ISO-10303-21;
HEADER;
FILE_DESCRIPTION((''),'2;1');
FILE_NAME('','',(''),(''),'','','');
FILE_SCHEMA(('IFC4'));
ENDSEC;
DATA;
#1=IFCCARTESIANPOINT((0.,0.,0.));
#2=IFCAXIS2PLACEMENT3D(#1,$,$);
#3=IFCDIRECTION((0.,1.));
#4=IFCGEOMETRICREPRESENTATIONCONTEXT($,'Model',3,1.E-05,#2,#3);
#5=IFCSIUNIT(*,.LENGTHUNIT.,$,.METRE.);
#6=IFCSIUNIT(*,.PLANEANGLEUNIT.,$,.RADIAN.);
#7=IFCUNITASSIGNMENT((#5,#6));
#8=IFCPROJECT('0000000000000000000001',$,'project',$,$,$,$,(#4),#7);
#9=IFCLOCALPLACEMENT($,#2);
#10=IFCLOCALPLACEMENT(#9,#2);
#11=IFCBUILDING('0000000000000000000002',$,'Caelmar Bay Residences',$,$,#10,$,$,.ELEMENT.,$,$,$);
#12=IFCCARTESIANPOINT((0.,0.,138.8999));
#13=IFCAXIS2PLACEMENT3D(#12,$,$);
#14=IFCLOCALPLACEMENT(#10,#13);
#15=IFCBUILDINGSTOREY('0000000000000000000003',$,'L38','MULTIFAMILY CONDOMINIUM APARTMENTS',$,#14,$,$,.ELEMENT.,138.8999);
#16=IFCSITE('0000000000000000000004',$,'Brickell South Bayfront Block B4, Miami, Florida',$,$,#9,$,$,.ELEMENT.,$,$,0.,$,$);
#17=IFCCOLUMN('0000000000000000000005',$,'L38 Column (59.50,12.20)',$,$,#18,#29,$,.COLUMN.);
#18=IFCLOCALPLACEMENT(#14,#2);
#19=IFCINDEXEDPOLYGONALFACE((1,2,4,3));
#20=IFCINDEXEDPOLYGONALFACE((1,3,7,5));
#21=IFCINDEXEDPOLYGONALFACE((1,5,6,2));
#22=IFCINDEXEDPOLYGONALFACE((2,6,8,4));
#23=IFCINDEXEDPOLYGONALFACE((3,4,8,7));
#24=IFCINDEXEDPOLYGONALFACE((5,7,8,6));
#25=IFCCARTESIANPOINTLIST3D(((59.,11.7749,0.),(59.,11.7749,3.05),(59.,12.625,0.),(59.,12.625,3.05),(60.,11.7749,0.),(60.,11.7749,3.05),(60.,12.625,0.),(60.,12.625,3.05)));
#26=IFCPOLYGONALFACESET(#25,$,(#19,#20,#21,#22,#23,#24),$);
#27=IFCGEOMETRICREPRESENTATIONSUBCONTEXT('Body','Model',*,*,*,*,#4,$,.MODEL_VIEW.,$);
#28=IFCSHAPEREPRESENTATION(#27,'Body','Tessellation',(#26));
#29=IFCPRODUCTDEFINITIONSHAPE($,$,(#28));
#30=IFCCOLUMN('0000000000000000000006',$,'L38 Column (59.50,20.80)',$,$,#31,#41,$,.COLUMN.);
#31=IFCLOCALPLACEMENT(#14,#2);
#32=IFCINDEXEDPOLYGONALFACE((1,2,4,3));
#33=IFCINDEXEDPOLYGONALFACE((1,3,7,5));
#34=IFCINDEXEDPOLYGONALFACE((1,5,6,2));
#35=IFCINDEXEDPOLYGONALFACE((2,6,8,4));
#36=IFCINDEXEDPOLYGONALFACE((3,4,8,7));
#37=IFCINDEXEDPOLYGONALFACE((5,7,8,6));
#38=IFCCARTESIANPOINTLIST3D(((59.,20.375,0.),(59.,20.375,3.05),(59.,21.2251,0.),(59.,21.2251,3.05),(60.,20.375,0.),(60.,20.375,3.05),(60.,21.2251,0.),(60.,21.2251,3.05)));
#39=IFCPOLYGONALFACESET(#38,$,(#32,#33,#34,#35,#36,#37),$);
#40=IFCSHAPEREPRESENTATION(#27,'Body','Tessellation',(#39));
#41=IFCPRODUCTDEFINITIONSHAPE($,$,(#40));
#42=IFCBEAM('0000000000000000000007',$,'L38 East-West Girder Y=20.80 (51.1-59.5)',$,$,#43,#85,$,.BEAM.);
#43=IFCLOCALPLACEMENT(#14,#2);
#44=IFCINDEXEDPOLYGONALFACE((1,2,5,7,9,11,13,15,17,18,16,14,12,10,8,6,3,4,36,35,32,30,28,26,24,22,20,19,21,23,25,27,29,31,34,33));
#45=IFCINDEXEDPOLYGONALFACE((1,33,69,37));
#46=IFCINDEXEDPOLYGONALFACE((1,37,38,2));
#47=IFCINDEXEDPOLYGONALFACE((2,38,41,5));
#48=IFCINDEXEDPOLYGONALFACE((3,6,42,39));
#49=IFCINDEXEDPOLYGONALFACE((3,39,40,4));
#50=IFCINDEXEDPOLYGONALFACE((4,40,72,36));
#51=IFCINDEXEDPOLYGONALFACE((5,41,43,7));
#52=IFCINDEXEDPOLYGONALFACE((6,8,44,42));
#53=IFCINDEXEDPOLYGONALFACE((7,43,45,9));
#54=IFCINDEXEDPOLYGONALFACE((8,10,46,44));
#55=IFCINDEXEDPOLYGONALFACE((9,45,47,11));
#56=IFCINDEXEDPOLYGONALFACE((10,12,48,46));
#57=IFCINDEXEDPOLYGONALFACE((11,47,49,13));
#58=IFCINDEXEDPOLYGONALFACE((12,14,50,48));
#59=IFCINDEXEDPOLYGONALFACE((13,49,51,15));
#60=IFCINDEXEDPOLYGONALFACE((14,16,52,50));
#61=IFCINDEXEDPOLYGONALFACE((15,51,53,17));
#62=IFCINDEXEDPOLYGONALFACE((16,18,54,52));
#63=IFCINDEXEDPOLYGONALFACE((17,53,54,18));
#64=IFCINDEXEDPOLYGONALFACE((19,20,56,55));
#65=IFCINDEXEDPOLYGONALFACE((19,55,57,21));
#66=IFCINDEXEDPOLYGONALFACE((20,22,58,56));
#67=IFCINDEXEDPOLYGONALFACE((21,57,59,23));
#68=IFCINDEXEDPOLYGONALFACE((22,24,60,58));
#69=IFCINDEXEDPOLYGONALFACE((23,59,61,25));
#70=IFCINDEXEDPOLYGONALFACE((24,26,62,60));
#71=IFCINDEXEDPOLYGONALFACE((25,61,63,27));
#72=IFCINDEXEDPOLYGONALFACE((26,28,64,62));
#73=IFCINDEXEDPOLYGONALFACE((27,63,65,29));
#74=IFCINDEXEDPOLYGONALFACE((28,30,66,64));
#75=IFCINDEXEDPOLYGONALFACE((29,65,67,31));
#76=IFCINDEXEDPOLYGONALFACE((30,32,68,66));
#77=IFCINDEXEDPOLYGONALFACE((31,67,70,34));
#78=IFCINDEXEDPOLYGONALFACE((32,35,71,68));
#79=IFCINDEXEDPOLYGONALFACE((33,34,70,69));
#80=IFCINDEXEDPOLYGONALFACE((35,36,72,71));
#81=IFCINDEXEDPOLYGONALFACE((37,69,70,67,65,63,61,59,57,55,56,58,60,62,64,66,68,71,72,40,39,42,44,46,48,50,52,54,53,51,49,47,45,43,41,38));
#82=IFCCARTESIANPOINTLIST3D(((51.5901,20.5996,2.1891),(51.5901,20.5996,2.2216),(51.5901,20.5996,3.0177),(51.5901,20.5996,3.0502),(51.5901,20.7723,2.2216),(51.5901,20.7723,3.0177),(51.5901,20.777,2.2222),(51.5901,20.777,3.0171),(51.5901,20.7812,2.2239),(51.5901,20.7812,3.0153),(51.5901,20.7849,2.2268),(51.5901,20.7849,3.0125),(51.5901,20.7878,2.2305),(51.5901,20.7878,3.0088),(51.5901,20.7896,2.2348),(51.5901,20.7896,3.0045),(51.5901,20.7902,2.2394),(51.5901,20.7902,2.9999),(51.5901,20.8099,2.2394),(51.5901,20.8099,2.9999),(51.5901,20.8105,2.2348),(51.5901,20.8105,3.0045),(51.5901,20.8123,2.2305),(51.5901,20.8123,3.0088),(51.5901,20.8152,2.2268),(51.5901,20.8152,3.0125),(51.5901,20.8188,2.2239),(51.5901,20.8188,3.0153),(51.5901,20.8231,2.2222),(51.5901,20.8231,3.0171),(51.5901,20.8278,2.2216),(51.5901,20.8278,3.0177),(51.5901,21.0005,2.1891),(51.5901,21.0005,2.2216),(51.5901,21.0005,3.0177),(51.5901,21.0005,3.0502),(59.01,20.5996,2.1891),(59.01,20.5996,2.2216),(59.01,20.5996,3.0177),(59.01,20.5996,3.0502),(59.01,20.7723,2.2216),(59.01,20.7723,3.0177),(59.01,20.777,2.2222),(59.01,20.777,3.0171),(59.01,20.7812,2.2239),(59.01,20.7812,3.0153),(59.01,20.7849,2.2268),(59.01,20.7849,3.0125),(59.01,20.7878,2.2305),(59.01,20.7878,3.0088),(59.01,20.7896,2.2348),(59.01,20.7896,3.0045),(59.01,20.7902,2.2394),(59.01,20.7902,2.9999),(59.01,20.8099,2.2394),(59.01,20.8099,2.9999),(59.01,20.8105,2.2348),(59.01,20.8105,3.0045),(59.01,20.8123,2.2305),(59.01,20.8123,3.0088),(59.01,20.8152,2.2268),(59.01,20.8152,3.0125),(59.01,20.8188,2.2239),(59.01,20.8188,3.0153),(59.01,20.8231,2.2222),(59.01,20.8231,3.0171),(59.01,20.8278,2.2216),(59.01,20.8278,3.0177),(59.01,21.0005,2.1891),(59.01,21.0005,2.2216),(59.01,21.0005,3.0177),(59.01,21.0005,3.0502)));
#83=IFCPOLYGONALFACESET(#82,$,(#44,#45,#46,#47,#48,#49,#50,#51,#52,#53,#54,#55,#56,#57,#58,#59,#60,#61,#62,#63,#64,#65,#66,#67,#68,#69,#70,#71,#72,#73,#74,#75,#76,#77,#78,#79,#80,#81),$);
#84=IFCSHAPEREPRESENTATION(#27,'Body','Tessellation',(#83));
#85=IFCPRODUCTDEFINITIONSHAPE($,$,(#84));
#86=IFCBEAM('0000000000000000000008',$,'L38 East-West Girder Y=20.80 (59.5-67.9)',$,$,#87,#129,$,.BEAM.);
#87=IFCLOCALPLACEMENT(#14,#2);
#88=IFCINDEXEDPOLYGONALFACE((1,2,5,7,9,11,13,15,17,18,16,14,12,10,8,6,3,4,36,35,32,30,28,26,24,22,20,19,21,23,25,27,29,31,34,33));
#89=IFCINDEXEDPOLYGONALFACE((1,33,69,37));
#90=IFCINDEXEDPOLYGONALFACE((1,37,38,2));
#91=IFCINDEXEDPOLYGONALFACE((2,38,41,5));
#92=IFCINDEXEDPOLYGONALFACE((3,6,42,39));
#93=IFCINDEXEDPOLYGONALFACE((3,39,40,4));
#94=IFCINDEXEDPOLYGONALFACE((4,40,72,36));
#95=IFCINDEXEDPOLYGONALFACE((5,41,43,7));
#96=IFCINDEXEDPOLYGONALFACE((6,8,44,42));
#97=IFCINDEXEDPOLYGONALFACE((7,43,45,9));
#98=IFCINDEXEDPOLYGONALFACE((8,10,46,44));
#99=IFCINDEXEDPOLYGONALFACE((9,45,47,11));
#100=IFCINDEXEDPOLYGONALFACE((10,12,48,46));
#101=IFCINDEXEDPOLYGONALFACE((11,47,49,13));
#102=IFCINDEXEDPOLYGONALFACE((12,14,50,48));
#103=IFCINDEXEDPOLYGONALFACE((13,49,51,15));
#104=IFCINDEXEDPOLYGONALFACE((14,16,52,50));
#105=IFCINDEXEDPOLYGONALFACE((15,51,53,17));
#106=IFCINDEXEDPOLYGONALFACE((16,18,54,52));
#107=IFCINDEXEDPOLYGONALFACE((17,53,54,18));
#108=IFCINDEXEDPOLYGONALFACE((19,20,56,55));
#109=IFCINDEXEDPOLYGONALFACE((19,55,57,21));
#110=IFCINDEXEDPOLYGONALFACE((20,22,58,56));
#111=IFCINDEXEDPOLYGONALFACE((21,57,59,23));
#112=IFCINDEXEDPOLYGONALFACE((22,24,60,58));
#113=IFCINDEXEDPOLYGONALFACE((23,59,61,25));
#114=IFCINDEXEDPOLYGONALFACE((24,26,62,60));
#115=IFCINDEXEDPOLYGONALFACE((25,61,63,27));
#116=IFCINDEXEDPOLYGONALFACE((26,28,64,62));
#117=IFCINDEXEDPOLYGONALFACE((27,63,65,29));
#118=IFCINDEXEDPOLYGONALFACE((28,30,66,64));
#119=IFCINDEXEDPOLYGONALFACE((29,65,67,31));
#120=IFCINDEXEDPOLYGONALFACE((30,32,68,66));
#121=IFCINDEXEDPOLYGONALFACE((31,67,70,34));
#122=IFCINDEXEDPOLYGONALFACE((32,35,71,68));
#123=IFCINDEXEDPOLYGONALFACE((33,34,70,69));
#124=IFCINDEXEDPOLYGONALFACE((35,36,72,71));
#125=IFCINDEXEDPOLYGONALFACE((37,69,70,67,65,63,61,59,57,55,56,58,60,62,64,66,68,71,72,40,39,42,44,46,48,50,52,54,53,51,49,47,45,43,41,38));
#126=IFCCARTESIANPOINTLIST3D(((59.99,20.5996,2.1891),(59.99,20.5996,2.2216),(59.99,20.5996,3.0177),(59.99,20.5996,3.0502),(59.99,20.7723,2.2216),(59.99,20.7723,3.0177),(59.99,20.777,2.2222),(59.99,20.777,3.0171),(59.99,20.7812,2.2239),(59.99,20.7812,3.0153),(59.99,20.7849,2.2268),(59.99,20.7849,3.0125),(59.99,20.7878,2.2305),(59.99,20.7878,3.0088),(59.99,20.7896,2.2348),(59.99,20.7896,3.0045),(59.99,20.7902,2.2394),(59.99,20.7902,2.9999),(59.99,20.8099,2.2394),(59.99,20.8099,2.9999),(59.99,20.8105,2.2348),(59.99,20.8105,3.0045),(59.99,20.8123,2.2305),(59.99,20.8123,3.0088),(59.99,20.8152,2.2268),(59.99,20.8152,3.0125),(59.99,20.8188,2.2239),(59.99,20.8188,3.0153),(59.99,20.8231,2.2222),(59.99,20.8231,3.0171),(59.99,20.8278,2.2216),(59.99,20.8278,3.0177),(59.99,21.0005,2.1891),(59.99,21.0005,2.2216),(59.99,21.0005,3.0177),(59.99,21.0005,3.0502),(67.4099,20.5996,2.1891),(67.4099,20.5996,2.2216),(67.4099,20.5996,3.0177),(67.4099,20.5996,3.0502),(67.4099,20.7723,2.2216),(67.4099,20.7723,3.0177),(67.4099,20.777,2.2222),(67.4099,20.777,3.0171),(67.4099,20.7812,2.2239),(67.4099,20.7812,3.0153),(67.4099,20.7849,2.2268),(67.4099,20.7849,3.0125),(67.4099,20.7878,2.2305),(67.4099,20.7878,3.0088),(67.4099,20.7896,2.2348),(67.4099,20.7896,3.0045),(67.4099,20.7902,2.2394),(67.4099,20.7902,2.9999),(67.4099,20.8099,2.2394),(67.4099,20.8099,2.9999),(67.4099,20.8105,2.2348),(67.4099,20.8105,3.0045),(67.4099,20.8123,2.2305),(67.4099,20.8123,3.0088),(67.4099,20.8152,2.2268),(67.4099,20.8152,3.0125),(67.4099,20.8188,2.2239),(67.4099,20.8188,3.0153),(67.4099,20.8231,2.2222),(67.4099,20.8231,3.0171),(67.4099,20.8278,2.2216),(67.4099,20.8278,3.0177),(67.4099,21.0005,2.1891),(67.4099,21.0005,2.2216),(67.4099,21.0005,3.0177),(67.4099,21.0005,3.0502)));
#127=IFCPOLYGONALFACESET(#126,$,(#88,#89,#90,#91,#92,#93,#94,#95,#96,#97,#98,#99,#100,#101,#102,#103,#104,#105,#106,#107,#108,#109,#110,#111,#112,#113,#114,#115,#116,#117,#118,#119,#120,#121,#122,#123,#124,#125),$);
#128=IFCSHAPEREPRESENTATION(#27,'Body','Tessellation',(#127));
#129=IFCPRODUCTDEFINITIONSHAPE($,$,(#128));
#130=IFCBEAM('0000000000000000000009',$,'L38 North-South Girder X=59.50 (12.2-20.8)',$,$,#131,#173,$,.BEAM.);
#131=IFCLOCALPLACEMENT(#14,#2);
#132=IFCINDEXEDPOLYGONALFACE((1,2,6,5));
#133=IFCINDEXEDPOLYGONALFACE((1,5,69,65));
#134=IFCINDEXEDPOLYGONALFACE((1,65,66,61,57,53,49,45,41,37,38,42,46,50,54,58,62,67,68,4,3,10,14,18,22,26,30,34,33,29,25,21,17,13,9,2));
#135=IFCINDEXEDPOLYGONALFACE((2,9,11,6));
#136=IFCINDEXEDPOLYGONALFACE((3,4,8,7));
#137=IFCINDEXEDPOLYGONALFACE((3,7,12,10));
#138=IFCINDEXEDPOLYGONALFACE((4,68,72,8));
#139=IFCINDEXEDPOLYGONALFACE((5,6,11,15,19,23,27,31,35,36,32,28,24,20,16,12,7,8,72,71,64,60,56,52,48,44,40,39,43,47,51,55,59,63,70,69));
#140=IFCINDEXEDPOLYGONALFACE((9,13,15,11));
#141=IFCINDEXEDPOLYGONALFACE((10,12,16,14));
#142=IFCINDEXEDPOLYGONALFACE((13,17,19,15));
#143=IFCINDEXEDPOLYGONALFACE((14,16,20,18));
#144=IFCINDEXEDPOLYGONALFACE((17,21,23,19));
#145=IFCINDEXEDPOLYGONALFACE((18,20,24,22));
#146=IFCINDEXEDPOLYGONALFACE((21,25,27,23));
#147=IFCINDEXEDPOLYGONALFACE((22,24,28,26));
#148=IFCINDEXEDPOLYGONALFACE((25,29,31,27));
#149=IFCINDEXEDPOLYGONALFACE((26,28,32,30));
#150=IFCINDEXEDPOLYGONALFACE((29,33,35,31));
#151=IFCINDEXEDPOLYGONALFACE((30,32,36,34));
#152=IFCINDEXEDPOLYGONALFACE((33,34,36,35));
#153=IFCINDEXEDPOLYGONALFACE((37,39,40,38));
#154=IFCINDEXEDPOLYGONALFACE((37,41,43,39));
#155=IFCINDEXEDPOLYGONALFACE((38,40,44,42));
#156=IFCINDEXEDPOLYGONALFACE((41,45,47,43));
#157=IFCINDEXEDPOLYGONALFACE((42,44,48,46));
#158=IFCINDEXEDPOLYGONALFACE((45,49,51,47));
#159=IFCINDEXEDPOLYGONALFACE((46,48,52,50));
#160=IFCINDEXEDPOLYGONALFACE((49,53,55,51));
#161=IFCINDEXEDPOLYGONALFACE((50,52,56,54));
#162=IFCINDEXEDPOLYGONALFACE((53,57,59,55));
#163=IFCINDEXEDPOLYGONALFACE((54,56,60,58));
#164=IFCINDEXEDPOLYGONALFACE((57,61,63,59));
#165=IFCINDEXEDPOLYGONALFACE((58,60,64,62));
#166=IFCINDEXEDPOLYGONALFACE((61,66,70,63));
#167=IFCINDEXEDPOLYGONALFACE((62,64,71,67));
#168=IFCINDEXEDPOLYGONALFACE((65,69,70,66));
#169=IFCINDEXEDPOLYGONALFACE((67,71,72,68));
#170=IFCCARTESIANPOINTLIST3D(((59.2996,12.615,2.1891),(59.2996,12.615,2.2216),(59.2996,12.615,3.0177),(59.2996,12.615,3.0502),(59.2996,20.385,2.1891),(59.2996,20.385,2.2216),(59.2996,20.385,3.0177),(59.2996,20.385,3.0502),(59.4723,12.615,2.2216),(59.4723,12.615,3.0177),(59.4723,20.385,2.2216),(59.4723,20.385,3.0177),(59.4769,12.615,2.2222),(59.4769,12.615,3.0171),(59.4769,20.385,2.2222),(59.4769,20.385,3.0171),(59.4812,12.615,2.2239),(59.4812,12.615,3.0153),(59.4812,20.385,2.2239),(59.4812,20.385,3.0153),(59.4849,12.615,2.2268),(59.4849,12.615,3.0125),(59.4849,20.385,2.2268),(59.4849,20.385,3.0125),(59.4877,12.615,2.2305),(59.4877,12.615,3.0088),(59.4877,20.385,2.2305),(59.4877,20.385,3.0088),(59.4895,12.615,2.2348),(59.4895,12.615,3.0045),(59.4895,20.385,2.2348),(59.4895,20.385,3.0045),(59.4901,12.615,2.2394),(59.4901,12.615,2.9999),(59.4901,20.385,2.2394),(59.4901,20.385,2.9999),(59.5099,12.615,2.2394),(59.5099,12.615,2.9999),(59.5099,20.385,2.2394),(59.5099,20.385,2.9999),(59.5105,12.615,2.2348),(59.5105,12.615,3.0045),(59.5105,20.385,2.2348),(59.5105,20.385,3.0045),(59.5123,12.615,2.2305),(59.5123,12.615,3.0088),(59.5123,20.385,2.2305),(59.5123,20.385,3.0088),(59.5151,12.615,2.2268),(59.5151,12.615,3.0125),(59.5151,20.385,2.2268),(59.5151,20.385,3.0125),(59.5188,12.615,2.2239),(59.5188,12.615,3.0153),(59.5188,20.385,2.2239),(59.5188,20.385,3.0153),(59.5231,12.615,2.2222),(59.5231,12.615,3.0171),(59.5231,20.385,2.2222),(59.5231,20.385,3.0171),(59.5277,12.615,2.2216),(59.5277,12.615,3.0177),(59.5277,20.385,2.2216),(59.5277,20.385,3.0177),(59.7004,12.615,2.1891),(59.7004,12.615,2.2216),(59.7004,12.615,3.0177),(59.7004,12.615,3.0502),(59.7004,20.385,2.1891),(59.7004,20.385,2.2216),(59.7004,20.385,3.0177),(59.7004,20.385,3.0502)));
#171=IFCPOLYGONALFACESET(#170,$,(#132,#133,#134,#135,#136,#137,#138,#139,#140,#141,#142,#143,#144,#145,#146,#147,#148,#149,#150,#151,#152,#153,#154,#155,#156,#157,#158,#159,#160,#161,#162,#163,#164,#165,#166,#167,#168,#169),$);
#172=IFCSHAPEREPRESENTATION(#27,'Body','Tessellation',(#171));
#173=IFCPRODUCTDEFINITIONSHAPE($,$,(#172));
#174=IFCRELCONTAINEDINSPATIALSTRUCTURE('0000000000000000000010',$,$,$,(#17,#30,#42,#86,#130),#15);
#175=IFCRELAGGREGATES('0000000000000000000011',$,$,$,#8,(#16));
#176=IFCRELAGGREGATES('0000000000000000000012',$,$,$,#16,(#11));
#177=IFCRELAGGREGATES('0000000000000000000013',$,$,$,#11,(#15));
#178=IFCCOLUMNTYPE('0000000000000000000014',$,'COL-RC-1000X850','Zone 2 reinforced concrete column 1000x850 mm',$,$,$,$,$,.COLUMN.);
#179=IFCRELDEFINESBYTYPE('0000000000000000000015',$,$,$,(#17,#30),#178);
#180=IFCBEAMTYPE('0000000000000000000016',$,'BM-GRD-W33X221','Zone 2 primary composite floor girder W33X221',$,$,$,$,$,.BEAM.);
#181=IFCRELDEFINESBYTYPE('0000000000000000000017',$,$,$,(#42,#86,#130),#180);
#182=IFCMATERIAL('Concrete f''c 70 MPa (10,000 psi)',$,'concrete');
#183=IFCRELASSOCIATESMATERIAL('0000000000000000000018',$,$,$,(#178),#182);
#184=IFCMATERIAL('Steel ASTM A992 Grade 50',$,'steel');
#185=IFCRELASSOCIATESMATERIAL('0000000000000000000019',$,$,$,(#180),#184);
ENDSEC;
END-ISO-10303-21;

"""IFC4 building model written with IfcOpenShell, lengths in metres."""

from ifc_helpers import new_model, si_unit, direction, frame, origin, origin_2d, place, context, subcontext, project, spatial, rectangle, i_section, extrude, material, material_profile, profile_set, type_object, element, save


model = new_model("IFC4")

# Units and contexts
model_context = context("Model", 3, precision=1e-05, world=origin(), true_north=direction((0.0, 1.0)))
body_context = subcontext(model_context, "Body", "Model", "MODEL_VIEW")
ifc_project = project(units=[si_unit("LENGTHUNIT", "METRE"), si_unit("PLANEANGLEUNIT", "RADIAN")], contexts=[model_context])

# Site, building, storey
site_placement = place(None, origin())
site = spatial("IfcSite", under=ifc_project, at=site_placement, Name="Brickell South Bayfront Block B4, Miami, Florida", CompositionType="ELEMENT", RefElevation=0.0)
building_placement = place(site_placement, origin())
building = spatial("IfcBuilding", under=site, at=building_placement, Name="Caelmar Bay Residences", CompositionType="ELEMENT")
storey_placement = place(building_placement, frame((0.0, 0.0, 138.8999)))
storey = spatial("IfcBuildingStorey", under=building, at=storey_placement, Name="L38", Description="MULTIFAMILY CONDOMINIUM APARTMENTS", CompositionType="ELEMENT", Elevation=138.8999)

# Columns
ifc_material_1 = material(Name="Concrete f'c 70 MPa (10,000 psi)", Category="concrete")
ifc_material_profile_1 = material_profile(ifc_material_1, rectangle(XDim=1.0, YDim=0.8501, at=origin_2d()), Name="RC-COL-1000X850")
ifc_profile_set_1 = profile_set([ifc_material_profile_1], Name="Concrete f'c 70 MPa (10,000 psi)")
column_type = type_object("IfcColumnType", Name="COL-RC-1000X850", Description="Zone 2 reinforced concrete column 1000x850 mm", PredefinedType="COLUMN", material=ifc_profile_set_1)
for number, where, z_axis, x_axis, name in (
    (1, (59.5, 12.2, 0.0), (0.0, 0.0, 1.0), (1.0, 0.0, 0.0), "L38 Column (59.50,12.20)"),
    (2, (59.5, 20.8, 0.0), (0.0, 0.0, 1.0), (1.0, 0.0, 0.0), "L38 Column (59.50,20.80)"),
):
    element("IfcColumn", number, at=place(storey_placement, frame(where, z_axis=z_axis, x_axis=x_axis)), inside=storey, type_object=column_type, Name=name, PredefinedType="COLUMN", context=body_context, shape_type="SweptSolid", body=[
        extrude(rectangle(XDim=1.0, YDim=0.8501, at=origin_2d()), origin(), (0.0, 0.0, 1.0), 3.05),
    ])

# Beams
ifc_material_2 = material(Name="Steel ASTM A992 Grade 50", Category="steel")
ifc_material_profile_2 = material_profile(ifc_material_2, i_section(OverallWidth=0.4009, OverallDepth=0.8611, WebThickness=0.0198, FlangeThickness=0.0325, FilletRadius=0.0178, at=origin_2d()), Name="W33X221")
ifc_profile_set_2 = profile_set([ifc_material_profile_2], Name="Steel ASTM A992 Grade 50")
beam_type_1 = type_object("IfcBeamType", Name="BM-GRD-W33X221", Description="Zone 2 primary composite floor girder W33X221", PredefinedType="BEAM", material=ifc_profile_set_2)
for number, where, z_axis, x_axis, name in (
    (3, (51.5901, 20.8, 2.6196), (1.0, 0.0, 0.0), (0.0, 1.0, 0.0), "L38 East-West Girder Y=20.80 (51.1-59.5)"),
    (4, (59.99, 20.8, 2.6196), (1.0, 0.0, 0.0), (0.0, 1.0, 0.0), "L38 East-West Girder Y=20.80 (59.5-67.9)"),
):
    element("IfcBeam", number, at=place(storey_placement, frame(where, z_axis=z_axis, x_axis=x_axis)), inside=storey, type_object=beam_type_1, Name=name, PredefinedType="BEAM", context=body_context, shape_type="SweptSolid", body=[
        extrude(i_section(OverallWidth=0.4009, OverallDepth=0.8611, WebThickness=0.0198, FlangeThickness=0.0325, FilletRadius=0.0178, at=origin_2d()), origin(), (0.0, 0.0, 1.0), 7.4199),
    ])
for number, where, z_axis, x_axis, name in (
    (5, (59.5, 12.615, 2.6196), (0.0, 1.0, 0.0), (-1.0, 0.0, 0.0), "L38 North-South Girder X=59.50 (12.2-20.8)"),
):
    element("IfcBeam", number, at=place(storey_placement, frame(where, z_axis=z_axis, x_axis=x_axis)), inside=storey, type_object=beam_type_1, Name=name, PredefinedType="BEAM", context=body_context, shape_type="SweptSolid", body=[
        extrude(i_section(OverallWidth=0.4009, OverallDepth=0.8611, WebThickness=0.0198, FlangeThickness=0.0325, FilletRadius=0.0178, at=origin_2d()), origin(), (0.0, 0.0, 1.0), 7.77),
    ])

save(model, "model.ifc")
